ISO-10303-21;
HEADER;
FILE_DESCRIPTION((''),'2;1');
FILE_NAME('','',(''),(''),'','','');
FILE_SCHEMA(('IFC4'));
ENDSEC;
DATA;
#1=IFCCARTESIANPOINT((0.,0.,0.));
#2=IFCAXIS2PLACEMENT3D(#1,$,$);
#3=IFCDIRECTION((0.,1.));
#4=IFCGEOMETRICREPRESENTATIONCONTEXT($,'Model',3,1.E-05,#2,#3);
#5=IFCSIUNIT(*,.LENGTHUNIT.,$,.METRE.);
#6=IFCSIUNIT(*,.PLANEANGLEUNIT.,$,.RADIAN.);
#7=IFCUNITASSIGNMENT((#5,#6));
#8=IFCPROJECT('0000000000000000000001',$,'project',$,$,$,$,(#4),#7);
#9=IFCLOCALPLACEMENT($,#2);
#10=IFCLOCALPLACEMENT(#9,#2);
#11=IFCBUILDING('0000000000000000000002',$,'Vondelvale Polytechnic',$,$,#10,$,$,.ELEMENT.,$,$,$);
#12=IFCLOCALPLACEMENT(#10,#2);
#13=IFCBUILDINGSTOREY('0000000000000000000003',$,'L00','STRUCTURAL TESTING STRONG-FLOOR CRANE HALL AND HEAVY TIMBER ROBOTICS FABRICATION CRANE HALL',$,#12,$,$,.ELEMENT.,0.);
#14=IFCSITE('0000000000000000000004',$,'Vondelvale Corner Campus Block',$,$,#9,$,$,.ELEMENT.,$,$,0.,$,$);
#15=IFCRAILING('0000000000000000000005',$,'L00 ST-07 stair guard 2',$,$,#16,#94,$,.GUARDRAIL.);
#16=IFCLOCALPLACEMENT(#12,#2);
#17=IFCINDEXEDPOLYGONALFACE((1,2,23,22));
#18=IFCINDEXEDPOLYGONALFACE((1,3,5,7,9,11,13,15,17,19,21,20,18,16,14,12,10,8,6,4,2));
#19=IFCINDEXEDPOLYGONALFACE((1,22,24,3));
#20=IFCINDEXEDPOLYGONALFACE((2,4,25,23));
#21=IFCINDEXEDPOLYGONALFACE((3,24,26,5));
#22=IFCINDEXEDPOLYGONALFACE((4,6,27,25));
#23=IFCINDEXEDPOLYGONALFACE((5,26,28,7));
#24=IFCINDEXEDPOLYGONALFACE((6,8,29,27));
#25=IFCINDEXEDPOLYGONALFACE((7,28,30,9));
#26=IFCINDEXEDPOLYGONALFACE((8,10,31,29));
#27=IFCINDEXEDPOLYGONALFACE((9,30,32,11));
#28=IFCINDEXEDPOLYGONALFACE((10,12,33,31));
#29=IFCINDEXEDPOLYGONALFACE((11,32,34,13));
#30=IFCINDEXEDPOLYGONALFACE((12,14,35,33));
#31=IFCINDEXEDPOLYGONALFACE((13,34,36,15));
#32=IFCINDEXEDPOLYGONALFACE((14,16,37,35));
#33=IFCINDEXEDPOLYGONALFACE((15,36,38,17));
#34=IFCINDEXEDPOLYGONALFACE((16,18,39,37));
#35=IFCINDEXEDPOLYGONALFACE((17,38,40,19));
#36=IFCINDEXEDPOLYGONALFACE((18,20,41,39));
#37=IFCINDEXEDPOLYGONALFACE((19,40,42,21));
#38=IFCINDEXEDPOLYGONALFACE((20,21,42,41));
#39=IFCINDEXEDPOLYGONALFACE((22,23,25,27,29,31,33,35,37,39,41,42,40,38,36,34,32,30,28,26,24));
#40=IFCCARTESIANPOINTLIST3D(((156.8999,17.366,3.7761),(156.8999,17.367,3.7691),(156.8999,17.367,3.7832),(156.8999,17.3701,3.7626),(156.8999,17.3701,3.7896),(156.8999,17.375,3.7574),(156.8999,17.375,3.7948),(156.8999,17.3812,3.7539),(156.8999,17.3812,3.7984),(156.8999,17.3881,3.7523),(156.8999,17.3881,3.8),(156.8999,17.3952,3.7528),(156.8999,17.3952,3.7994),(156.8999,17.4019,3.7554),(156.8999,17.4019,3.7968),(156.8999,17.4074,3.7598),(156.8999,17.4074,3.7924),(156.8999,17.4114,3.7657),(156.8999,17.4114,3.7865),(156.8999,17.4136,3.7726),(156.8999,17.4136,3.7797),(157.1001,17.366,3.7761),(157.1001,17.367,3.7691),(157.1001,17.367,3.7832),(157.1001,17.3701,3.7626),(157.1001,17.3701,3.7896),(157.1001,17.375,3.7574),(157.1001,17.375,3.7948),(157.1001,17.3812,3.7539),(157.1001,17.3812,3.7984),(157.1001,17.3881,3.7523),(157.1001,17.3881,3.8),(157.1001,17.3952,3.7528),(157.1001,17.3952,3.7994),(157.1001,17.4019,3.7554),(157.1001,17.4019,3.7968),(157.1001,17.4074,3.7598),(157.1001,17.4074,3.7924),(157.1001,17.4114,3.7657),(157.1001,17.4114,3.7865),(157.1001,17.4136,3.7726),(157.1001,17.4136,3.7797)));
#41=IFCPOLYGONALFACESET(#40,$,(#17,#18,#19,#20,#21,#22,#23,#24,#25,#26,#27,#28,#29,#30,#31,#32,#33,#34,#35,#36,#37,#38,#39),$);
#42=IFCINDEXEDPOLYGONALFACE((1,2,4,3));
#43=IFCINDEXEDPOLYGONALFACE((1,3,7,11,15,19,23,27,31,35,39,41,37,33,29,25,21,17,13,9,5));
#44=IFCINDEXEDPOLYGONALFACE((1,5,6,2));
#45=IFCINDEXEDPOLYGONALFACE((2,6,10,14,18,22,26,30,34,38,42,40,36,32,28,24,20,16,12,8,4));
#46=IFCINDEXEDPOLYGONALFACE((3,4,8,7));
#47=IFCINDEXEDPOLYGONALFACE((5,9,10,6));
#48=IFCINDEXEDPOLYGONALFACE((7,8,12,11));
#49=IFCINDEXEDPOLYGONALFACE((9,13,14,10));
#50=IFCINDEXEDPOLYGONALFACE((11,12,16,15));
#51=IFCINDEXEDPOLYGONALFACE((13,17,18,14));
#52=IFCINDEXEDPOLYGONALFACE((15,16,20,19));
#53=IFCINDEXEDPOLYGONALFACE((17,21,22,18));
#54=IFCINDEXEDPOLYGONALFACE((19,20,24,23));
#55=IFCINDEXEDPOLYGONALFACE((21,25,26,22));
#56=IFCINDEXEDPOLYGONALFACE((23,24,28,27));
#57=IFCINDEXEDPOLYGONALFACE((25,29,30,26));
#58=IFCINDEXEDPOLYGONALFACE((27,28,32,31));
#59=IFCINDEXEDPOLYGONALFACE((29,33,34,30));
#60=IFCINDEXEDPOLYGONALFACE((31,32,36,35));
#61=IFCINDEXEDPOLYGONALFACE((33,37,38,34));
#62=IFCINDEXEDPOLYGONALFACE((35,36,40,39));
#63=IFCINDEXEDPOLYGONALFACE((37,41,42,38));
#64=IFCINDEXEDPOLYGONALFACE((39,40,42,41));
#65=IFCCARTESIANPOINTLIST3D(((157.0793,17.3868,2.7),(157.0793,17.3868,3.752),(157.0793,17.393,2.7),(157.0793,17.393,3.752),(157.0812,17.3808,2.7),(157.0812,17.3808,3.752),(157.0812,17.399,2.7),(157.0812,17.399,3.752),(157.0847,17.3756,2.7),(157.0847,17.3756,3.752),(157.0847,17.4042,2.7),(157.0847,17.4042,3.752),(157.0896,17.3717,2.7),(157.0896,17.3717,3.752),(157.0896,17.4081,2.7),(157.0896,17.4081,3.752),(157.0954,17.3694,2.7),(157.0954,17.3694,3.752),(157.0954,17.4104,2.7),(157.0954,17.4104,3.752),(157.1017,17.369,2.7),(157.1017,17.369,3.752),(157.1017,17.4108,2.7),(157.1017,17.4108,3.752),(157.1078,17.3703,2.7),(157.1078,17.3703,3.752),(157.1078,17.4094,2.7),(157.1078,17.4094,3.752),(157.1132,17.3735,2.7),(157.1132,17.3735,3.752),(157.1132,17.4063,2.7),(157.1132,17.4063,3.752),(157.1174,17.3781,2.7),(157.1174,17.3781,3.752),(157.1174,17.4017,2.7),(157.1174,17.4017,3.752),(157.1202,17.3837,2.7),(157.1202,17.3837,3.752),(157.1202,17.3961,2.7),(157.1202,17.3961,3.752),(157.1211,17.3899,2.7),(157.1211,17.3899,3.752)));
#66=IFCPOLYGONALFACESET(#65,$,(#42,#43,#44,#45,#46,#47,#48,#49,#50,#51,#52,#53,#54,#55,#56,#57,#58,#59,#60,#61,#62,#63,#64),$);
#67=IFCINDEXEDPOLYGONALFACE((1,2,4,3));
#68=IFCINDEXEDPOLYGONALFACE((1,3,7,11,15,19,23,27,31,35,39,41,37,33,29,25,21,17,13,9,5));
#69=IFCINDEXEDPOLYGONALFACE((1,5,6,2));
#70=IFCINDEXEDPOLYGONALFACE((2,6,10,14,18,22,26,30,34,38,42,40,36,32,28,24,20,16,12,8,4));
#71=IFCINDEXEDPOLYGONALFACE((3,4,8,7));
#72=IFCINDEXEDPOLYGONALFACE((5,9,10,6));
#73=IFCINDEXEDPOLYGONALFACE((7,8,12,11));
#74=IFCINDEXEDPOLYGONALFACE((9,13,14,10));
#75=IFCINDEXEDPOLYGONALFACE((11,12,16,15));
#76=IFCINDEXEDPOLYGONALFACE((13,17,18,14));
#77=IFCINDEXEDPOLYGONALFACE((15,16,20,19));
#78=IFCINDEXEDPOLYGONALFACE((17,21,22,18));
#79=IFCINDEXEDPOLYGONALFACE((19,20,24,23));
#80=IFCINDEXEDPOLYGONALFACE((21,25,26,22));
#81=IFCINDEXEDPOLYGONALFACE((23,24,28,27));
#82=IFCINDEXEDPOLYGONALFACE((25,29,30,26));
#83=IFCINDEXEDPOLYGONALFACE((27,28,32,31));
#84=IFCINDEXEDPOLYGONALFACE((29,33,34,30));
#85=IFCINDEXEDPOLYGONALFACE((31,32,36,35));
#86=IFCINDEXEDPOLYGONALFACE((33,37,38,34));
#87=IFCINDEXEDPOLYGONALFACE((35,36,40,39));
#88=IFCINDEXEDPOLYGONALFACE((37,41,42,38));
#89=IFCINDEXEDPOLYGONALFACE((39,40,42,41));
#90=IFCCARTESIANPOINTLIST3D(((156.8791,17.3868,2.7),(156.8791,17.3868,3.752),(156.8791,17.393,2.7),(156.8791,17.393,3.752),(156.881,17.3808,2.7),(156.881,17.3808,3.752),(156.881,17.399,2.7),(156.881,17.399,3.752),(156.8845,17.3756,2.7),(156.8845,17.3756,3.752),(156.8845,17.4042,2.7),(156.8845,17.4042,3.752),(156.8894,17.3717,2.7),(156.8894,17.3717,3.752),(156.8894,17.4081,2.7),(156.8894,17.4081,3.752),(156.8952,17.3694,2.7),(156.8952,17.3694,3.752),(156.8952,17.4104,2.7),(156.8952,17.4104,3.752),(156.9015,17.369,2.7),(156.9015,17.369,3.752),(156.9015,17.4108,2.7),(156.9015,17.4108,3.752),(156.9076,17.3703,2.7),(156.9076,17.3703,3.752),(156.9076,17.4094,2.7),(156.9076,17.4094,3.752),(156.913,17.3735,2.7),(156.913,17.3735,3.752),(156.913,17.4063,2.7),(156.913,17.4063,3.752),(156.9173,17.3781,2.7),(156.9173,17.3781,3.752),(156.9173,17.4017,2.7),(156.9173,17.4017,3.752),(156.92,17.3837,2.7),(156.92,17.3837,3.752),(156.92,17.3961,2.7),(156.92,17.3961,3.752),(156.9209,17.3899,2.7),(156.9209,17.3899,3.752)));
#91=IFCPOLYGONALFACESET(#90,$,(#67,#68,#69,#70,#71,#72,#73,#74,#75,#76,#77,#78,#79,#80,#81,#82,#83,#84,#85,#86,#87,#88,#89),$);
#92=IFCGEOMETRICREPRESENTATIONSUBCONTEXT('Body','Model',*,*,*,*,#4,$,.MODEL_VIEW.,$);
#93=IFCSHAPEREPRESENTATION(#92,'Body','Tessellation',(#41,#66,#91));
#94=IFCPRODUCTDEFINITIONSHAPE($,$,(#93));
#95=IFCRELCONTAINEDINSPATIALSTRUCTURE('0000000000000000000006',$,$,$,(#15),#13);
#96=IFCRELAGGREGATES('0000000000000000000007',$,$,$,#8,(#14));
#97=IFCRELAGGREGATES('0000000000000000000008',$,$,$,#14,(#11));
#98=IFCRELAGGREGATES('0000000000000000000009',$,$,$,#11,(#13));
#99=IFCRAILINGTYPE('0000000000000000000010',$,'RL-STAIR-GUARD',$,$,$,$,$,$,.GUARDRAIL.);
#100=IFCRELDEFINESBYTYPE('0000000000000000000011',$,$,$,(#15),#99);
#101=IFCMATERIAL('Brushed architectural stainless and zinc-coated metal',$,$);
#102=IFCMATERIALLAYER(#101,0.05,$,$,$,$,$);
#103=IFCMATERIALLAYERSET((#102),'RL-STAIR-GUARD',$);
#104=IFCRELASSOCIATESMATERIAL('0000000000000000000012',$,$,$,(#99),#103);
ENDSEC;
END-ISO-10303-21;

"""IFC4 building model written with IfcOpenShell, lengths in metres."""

from ifc_helpers import new_model, si_unit, direction, frame, origin, origin_2d, place, context, subcontext, project, spatial, circle, extrude, material, layer, layer_set, type_object, element, save


model = new_model("IFC4")

# Units and contexts
model_context = context("Model", 3, precision=1e-05, world=origin(), true_north=direction((0.0, 1.0)))
body_context = subcontext(model_context, "Body", "Model", "MODEL_VIEW")
ifc_project = project(units=[si_unit("LENGTHUNIT", "METRE"), si_unit("PLANEANGLEUNIT", "RADIAN")], contexts=[model_context])

# Site, building, storey
site_placement = place(None, origin())
site = spatial("IfcSite", under=ifc_project, at=site_placement, Name="Vondelvale Corner Campus Block", CompositionType="ELEMENT", RefElevation=0.0)
building_placement = place(site_placement, origin())
building = spatial("IfcBuilding", under=site, at=building_placement, Name="Vondelvale Polytechnic", CompositionType="ELEMENT")
storey_placement = place(building_placement, origin())
storey = spatial("IfcBuildingStorey", under=building, at=storey_placement, Name="L00", Description="STRUCTURAL TESTING STRONG-FLOOR CRANE HALL AND HEAVY TIMBER ROBOTICS FABRICATION CRANE HALL", CompositionType="ELEMENT", Elevation=0.0)

# Railing
ifc_material_1 = material(Name="Brushed architectural stainless and zinc-coated metal")
ifc_layer_1 = layer(ifc_material_1, 0.05)
ifc_layer_set_1 = layer_set([ifc_layer_1], Name="RL-STAIR-GUARD")
railing_type_1 = type_object("IfcRailingType", Name="RL-STAIR-GUARD", PredefinedType="GUARDRAIL", material=ifc_layer_set_1)
railing_1_placement = place(storey_placement, frame((157.1001, 17.3899, 2.7)))
element("IfcRailing", 1, at=railing_1_placement, inside=storey, type_object=railing_type_1, Name="L00 ST-07 stair guard 2", PredefinedType="GUARDRAIL", context=body_context, shape_type="SweptSolid", body=[
    extrude(circle(Radius=0.0239, at=origin_2d()), frame((0.0, 0.0, 1.0762), z_axis=(-1.0, 0.0, 0.0), x_axis=(0.0, -1.0, 0.0)), (0.0, 0.0, 1.0), 0.2002),
    extrude(circle(Radius=0.021, at=origin_2d()), origin(), (0.0, 0.0, 1.0), 1.052),
    extrude(circle(Radius=0.021, at=origin_2d()), frame((-0.2002, 0.0, 0.0)), (0.0, 0.0, 1.0), 1.052),
])

save(model, "model.ifc")
